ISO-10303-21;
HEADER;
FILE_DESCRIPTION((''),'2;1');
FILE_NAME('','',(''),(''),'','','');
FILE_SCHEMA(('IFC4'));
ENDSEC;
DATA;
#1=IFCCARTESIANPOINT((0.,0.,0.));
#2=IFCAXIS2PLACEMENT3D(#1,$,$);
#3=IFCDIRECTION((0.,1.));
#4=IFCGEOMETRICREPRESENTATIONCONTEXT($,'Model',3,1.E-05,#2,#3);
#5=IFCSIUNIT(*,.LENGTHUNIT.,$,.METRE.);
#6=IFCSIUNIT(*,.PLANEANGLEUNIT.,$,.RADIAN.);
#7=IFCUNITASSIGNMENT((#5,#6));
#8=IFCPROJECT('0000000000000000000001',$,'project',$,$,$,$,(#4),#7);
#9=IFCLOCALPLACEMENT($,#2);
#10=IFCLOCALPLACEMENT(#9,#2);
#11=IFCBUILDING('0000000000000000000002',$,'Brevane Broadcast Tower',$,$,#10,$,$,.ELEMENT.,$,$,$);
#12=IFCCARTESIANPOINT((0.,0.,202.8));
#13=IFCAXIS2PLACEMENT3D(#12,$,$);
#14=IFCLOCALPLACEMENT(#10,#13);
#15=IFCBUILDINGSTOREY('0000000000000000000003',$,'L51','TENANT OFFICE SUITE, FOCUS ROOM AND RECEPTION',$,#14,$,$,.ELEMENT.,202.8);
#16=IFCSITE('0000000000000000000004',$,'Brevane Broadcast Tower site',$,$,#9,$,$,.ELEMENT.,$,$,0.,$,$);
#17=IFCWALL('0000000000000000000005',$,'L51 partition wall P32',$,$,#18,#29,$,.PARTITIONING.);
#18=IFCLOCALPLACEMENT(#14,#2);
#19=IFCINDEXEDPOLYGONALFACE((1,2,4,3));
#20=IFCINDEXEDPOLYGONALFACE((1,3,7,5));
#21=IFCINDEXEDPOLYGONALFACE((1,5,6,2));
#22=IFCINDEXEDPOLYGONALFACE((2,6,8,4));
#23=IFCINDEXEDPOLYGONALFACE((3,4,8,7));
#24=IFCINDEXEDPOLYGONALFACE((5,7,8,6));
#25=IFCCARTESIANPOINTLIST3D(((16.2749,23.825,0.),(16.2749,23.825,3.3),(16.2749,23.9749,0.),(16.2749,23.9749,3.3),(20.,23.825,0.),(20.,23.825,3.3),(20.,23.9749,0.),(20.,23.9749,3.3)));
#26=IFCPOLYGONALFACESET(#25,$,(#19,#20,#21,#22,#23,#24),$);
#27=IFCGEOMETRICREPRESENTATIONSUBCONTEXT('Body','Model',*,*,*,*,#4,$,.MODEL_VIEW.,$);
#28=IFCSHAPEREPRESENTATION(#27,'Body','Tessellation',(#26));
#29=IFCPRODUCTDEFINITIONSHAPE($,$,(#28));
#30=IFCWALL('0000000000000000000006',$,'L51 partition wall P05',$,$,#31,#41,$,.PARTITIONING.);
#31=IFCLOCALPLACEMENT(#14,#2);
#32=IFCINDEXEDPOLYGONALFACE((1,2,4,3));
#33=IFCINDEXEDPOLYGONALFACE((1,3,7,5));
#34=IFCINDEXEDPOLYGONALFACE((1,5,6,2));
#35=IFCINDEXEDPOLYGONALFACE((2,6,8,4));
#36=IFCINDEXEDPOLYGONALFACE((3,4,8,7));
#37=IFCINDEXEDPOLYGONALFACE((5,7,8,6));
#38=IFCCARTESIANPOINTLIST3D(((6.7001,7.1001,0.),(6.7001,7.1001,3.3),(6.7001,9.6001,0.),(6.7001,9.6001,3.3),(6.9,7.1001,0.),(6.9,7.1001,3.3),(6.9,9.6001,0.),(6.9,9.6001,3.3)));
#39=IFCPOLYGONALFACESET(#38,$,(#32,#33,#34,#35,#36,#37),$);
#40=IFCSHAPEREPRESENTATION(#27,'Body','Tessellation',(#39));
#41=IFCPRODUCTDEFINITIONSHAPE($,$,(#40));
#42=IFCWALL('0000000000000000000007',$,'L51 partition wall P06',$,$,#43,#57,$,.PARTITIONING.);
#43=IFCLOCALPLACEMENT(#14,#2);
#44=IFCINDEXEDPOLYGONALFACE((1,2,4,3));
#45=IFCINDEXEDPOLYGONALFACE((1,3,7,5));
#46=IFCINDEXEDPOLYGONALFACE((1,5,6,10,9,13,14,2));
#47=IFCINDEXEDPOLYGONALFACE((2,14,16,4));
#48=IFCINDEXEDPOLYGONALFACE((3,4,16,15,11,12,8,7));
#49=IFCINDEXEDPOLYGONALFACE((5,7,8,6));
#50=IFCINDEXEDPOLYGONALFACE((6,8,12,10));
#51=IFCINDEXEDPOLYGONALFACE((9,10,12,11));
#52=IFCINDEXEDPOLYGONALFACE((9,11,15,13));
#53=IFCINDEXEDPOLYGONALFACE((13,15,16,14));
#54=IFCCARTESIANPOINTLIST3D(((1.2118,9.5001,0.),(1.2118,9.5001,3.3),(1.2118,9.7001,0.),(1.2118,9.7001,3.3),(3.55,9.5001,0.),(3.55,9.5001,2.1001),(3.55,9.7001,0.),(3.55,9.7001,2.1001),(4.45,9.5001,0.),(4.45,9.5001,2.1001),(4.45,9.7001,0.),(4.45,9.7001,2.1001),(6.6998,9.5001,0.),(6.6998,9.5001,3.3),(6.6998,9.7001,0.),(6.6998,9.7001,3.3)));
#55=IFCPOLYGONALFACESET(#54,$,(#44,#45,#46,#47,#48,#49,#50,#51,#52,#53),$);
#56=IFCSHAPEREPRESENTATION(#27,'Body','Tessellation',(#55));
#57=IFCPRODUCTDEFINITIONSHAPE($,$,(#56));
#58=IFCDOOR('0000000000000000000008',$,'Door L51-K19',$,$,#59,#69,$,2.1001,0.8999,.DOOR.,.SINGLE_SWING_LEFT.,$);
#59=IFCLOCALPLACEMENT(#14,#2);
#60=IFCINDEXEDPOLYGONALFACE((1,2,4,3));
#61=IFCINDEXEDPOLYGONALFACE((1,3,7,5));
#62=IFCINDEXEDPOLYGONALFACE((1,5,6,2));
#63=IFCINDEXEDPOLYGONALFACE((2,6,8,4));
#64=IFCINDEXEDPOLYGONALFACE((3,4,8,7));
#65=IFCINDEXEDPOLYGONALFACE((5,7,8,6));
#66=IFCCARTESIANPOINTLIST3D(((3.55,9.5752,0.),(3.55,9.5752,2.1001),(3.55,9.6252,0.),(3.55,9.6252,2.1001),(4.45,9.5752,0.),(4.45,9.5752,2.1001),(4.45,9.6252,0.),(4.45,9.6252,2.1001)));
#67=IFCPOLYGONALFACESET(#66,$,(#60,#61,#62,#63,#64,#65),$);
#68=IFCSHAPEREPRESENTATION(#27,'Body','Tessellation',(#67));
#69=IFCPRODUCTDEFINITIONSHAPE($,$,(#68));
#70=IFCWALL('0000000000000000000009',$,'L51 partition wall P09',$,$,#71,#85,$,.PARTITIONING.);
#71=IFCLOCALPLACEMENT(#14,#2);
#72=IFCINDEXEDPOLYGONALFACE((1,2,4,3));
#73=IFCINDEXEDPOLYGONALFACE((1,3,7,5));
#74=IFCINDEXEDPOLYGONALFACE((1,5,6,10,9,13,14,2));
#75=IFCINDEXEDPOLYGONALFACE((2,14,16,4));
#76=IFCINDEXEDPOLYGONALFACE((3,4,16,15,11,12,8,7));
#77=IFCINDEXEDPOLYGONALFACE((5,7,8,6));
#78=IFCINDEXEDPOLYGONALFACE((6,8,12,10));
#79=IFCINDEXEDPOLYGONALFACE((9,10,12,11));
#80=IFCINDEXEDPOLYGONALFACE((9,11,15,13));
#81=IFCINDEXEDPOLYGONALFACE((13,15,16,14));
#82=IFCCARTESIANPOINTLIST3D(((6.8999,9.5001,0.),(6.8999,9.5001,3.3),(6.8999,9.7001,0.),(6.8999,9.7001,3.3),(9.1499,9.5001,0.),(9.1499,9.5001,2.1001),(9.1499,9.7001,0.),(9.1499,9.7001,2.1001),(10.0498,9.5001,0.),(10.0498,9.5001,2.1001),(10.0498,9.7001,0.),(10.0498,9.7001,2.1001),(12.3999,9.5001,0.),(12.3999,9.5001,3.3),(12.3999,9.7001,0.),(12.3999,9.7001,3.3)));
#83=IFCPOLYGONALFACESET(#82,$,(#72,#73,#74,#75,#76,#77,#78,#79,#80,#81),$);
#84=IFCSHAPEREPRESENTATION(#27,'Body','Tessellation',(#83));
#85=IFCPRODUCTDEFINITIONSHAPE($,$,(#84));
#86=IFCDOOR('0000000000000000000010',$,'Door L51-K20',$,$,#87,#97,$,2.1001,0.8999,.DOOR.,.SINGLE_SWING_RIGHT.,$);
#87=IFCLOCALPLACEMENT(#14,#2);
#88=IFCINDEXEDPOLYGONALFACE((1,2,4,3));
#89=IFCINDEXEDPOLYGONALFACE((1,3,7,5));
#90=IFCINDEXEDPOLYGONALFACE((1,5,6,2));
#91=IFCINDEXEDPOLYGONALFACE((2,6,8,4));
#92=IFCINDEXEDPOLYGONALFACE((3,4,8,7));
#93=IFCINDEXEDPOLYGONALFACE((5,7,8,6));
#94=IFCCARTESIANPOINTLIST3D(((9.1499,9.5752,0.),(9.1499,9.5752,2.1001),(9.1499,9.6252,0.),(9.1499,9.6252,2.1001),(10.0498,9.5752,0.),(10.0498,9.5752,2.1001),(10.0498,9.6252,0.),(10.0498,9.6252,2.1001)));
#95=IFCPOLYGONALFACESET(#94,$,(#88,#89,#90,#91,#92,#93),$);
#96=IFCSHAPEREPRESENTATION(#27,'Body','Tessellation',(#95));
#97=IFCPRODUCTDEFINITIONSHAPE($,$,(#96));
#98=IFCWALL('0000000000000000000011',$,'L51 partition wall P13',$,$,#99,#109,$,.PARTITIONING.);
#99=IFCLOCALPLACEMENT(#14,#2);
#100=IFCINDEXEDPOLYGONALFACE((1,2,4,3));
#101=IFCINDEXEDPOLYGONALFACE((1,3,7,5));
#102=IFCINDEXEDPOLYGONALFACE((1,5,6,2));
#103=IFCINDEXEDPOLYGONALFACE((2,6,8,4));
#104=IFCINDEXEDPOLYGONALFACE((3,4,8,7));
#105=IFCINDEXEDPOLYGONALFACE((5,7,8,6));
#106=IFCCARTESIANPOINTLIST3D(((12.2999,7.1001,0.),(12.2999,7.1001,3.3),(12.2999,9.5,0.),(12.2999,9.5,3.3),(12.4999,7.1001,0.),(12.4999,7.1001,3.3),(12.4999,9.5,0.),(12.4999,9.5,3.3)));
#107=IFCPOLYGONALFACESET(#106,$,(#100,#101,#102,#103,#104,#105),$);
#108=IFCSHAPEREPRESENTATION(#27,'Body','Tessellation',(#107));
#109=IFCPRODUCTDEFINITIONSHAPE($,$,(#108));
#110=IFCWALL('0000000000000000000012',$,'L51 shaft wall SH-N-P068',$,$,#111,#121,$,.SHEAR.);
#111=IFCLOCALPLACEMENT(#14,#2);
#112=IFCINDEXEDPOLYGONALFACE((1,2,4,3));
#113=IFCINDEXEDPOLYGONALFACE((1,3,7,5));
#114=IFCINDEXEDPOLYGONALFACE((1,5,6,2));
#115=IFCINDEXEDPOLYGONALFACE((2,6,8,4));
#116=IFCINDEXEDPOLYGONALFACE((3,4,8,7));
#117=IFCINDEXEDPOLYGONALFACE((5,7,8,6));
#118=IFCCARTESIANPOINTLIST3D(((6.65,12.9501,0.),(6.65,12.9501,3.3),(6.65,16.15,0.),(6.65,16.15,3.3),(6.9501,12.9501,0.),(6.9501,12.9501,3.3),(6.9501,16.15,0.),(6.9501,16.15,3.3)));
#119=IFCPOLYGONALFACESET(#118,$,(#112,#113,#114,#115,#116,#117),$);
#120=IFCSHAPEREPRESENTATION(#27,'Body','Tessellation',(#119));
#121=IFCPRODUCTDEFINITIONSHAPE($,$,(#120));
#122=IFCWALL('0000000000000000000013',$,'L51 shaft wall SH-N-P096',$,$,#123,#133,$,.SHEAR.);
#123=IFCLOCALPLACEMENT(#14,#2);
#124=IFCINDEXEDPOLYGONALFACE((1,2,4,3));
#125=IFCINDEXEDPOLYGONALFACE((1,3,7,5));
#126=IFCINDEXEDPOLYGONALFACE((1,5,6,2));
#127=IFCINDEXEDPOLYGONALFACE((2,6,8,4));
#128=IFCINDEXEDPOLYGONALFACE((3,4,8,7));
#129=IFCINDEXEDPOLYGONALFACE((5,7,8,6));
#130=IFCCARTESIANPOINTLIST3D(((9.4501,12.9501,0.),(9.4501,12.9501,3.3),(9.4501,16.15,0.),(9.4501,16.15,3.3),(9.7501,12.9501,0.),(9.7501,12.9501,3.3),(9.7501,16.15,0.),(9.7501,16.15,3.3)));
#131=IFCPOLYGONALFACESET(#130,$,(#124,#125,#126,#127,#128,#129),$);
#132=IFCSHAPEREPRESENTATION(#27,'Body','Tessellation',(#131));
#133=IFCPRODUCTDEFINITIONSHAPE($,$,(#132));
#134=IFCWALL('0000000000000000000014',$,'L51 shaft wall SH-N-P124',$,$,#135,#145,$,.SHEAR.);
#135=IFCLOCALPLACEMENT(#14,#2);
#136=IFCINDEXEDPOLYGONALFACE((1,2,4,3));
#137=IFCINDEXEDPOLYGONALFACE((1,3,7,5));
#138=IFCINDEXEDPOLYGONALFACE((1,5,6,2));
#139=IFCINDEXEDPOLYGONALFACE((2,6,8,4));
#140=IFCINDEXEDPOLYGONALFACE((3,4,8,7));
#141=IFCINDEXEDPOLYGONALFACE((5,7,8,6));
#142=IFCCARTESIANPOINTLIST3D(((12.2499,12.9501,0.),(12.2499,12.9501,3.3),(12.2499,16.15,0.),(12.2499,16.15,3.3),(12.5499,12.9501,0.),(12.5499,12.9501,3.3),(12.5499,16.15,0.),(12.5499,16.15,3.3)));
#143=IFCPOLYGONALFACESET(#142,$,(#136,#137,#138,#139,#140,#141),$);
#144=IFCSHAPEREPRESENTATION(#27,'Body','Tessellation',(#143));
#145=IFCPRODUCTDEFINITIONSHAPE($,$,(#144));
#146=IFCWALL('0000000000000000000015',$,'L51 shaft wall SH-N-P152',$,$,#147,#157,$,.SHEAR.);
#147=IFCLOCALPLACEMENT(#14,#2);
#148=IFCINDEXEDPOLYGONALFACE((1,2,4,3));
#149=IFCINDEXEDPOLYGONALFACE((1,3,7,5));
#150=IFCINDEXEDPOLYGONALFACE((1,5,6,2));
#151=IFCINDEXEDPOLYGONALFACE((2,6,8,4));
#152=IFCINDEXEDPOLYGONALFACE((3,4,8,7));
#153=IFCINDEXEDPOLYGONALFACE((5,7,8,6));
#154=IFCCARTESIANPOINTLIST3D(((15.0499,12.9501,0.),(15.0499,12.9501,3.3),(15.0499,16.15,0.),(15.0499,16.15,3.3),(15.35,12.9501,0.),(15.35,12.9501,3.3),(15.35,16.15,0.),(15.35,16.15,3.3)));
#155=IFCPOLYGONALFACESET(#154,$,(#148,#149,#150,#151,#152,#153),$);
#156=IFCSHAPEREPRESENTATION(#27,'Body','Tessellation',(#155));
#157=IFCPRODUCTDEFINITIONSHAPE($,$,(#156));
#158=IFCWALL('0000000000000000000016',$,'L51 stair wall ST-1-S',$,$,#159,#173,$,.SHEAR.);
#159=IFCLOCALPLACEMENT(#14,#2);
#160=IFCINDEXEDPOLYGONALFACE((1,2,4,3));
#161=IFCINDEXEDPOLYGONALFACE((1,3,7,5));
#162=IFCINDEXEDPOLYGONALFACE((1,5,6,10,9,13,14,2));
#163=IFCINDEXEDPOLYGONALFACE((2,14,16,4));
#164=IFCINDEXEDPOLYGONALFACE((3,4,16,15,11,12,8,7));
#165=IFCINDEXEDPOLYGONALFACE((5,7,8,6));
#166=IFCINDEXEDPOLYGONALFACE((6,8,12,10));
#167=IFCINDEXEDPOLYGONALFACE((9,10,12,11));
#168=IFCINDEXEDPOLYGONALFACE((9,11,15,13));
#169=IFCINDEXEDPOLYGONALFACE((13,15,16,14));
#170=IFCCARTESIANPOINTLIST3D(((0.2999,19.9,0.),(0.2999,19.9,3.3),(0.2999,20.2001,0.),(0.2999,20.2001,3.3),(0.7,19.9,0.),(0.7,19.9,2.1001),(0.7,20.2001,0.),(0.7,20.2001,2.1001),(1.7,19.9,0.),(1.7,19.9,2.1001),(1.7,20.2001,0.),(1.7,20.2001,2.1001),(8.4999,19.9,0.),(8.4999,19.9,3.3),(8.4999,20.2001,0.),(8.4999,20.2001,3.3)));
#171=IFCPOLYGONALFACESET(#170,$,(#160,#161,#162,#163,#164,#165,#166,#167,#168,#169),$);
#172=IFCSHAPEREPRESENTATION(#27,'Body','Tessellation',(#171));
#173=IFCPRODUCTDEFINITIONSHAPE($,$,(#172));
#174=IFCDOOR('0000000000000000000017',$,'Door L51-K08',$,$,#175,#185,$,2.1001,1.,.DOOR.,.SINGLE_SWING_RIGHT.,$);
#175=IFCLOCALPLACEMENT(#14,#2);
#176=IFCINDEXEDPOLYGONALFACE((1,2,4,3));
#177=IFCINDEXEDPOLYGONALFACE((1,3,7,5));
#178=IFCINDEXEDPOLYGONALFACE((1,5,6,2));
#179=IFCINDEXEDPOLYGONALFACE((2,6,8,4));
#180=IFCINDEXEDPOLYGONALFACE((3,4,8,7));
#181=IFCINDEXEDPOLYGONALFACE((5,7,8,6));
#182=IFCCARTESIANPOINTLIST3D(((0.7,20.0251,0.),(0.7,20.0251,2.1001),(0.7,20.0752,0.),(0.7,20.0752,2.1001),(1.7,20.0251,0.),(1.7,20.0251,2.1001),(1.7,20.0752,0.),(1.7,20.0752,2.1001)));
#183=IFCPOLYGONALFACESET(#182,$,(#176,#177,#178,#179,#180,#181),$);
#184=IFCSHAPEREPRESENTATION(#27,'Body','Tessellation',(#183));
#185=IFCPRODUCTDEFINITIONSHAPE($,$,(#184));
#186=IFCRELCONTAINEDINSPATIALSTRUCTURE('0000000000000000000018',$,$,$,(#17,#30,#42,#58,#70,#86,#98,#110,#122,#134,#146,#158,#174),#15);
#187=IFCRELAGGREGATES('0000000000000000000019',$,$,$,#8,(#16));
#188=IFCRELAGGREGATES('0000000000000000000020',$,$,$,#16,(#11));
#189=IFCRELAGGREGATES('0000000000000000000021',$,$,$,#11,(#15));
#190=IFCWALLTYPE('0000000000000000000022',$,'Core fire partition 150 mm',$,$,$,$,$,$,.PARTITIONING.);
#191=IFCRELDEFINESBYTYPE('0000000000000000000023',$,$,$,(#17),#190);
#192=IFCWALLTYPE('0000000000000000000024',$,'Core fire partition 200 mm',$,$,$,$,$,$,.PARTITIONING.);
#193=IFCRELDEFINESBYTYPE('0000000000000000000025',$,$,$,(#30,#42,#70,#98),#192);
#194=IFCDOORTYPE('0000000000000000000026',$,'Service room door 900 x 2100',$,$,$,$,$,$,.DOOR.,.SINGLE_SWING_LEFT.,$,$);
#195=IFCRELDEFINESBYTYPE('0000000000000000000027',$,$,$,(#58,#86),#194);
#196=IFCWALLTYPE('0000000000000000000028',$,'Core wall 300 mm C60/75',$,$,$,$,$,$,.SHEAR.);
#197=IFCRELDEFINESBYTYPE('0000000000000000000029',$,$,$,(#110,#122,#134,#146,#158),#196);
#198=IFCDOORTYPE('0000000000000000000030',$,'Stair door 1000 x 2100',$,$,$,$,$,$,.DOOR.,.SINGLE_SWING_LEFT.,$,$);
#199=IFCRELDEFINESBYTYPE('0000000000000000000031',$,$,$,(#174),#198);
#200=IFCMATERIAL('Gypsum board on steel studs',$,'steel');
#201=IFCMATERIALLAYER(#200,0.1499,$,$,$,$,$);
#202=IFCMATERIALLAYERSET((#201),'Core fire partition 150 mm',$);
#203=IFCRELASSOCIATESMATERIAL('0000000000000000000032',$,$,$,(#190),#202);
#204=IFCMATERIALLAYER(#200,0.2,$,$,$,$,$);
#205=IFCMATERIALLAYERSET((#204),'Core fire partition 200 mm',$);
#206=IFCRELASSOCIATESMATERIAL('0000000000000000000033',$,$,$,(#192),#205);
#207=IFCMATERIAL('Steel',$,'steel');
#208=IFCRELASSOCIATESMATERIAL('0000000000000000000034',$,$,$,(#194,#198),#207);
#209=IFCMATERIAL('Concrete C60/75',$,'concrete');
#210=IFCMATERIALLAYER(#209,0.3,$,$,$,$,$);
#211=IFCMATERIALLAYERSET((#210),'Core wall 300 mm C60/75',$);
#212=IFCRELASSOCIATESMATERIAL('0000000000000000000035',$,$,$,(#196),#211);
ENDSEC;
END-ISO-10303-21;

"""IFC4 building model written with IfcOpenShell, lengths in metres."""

from ifc_helpers import new_model, si_unit, direction, frame, frame_2d, origin, place, context, subcontext, project, spatial, rectangle, extrude, material, layer, layer_set, type_object, element, fill, save


model = new_model("IFC4")

# Units and contexts
model_context = context("Model", 3, precision=1e-05, world=origin(), true_north=direction((0.0, 1.0)))
body_context = subcontext(model_context, "Body", "Model", "MODEL_VIEW")
ifc_project = project(units=[si_unit("LENGTHUNIT", "METRE"), si_unit("PLANEANGLEUNIT", "RADIAN")], contexts=[model_context])

# Site, building, storey
site_placement = place(None, origin())
site = spatial("IfcSite", under=ifc_project, at=site_placement, Name="Brevane Broadcast Tower site", CompositionType="ELEMENT", RefElevation=0.0)
building_placement = place(site_placement, origin())
building = spatial("IfcBuilding", under=site, at=building_placement, Name="Brevane Broadcast Tower", CompositionType="ELEMENT")
storey_placement = place(building_placement, frame((0.0, 0.0, 202.8)))
storey = spatial("IfcBuildingStorey", under=building, at=storey_placement, Name="L51", Description="TENANT OFFICE SUITE, FOCUS ROOM AND RECEPTION", CompositionType="ELEMENT", Elevation=202.8)

# Shared definitions
ifc_material_1 = material(Name="Gypsum board on steel studs", Category="steel")
ifc_layer_1 = layer(ifc_material_1, 0.1499)
ifc_layer_set_1 = layer_set([ifc_layer_1], Name="Core fire partition 150 mm")
wall_type_1 = type_object("IfcWallType", Name="Core fire partition 150 mm", PredefinedType="PARTITIONING", material=ifc_layer_set_1)
ifc_material_2 = material(Name="Steel", Category="steel")

# Walls
wall_1_placement = place(storey_placement, frame((16.2749, 23.8999, 0.0), z_axis=(0.0, 0.0, 1.0), x_axis=(1.0, 0.0, 0.0)))
element("IfcWall", 1, at=wall_1_placement, inside=storey, type_object=wall_type_1, Name="L51 partition wall P32", PredefinedType="PARTITIONING", context=body_context, shape_type="SweptSolid", body=[
    extrude(rectangle(XDim=3.7251, YDim=0.1499, at=frame_2d((1.8625, 0.0))), origin(), (0.0, 0.0, 1.0), 3.3),
])
ifc_layer_2 = layer(ifc_material_1, 0.2)
ifc_layer_set_2 = layer_set([ifc_layer_2], Name="Core fire partition 200 mm")
wall_type_2 = type_object("IfcWallType", Name="Core fire partition 200 mm", PredefinedType="PARTITIONING", material=ifc_layer_set_2)
wall_2_placement = place(storey_placement, frame((6.8, 9.6001, 0.0), z_axis=(0.0, 0.0, 1.0), x_axis=(0.0, -1.0, 0.0)))
element("IfcWall", 2, at=wall_2_placement, inside=storey, type_object=wall_type_2, Name="L51 partition wall P05", PredefinedType="PARTITIONING", context=body_context, shape_type="SweptSolid", body=[
    extrude(rectangle(XDim=2.5, YDim=0.2, at=frame_2d((1.25, 0.0))), origin(), (0.0, 0.0, 1.0), 3.3),
])

# Walls, openings, doors
wall_3_placement = place(storey_placement, frame((6.7, 9.6001, 0.0), z_axis=(0.0, 0.0, 1.0), x_axis=(-1.0, 0.0, 0.0)))
wall_3 = element("IfcWall", 3, at=wall_3_placement, inside=storey, type_object=wall_type_2, Name="L51 partition wall P06", PredefinedType="PARTITIONING", context=body_context, shape_type="SweptSolid", body=[
    extrude(rectangle(XDim=5.488, YDim=0.2, at=frame_2d((2.7441, 0.0))), origin(), (0.0, 0.0, 1.0), 3.3),
])
opening_1_placement = place(wall_3_placement, frame((2.25, 0.0, 0.0)))
opening_1 = element("IfcOpeningElement", 4, at=opening_1_placement, cuts=wall_3, PredefinedType="OPENING", context=body_context, shape_type="SweptSolid", body=[
    extrude(rectangle(XDim=0.8999, YDim=2.1001, at=frame_2d((0.45, 1.05))), frame((0.0, 0.1099, 0.0), z_axis=(0.0, -1.0, 0.0), x_axis=(1.0, 0.0, 0.0)), (0.0, 0.0, 1.0), 0.22),
])
door_type_1 = type_object("IfcDoorType", Name="Service room door 900 x 2100", OperationType="SINGLE_SWING_LEFT", PredefinedType="DOOR", material=ifc_material_2)
door_1_placement = place(opening_1_placement, origin())
door_1 = element("IfcDoor", 5, at=door_1_placement, inside=storey, type_object=door_type_1, Name="Door L51-K19", OperationType="SINGLE_SWING_LEFT", OverallHeight=2.1001, OverallWidth=0.8999, PredefinedType="DOOR", context=body_context, shape_type="SweptSolid", body=[
    extrude(rectangle(XDim=0.8999, YDim=2.1001, at=frame_2d((0.45, 1.05))), frame((0.0, 0.0249, 0.0), z_axis=(0.0, -1.0, 0.0), x_axis=(1.0, 0.0, 0.0)), (0.0, 0.0, 1.0), 0.05),
])
fill(opening_1, door_1)
wall_4_placement = place(storey_placement, frame((12.3999, 9.6001, 0.0), z_axis=(0.0, 0.0, 1.0), x_axis=(-1.0, 0.0, 0.0)))
wall_4 = element("IfcWall", 6, at=wall_4_placement, inside=storey, type_object=wall_type_2, Name="L51 partition wall P09", PredefinedType="PARTITIONING", context=body_context, shape_type="SweptSolid", body=[
    extrude(rectangle(XDim=5.5, YDim=0.2, at=frame_2d((2.75, 0.0))), origin(), (0.0, 0.0, 1.0), 3.3),
])
opening_2_placement = place(wall_4_placement, frame((2.3501, 0.0, 0.0)))
opening_2 = element("IfcOpeningElement", 7, at=opening_2_placement, cuts=wall_4, PredefinedType="OPENING", context=body_context, shape_type="SweptSolid", body=[
    extrude(rectangle(XDim=0.8999, YDim=2.1001, at=frame_2d((0.45, 1.05))), frame((0.0, 0.1099, 0.0), z_axis=(0.0, -1.0, 0.0), x_axis=(1.0, 0.0, 0.0)), (0.0, 0.0, 1.0), 0.22),
])
door_2_placement = place(opening_2_placement, origin())
door_2 = element("IfcDoor", 8, at=door_2_placement, inside=storey, type_object=door_type_1, Name="Door L51-K20", OperationType="SINGLE_SWING_RIGHT", OverallHeight=2.1001, OverallWidth=0.8999, PredefinedType="DOOR", context=body_context, shape_type="SweptSolid", body=[
    extrude(rectangle(XDim=0.8999, YDim=2.1001, at=frame_2d((0.45, 1.05))), frame((0.0, 0.0249, 0.0), z_axis=(0.0, -1.0, 0.0), x_axis=(1.0, 0.0, 0.0)), (0.0, 0.0, 1.0), 0.05),
])
fill(opening_2, door_2)

# Walls
wall_5_placement = place(storey_placement, frame((12.3999, 9.5, 0.0), z_axis=(0.0, 0.0, 1.0), x_axis=(0.0, -1.0, 0.0)))
element("IfcWall", 9, at=wall_5_placement, inside=storey, type_object=wall_type_2, Name="L51 partition wall P13", PredefinedType="PARTITIONING", context=body_context, shape_type="SweptSolid", body=[
    extrude(rectangle(XDim=2.3999, YDim=0.2, at=frame_2d((1.2, 0.0))), origin(), (0.0, 0.0, 1.0), 3.3),
])
ifc_material_3 = material(Name="Concrete C60/75", Category="concrete")
ifc_layer_3 = layer(ifc_material_3, 0.3)
ifc_layer_set_3 = layer_set([ifc_layer_3], Name="Core wall 300 mm C60/75")
wall_type_3 = type_object("IfcWallType", Name="Core wall 300 mm C60/75", PredefinedType="SHEAR", material=ifc_layer_set_3)
for number, where, z_axis, x_axis, name in (
    (10, (6.8, 12.95, 0.0), (0.0, 0.0, 1.0), (0.0, 1.0, 0.0), "L51 shaft wall SH-N-P068"),
    (11, (9.6001, 12.95, 0.0), (0.0, 0.0, 1.0), (0.0, 1.0, 0.0), "L51 shaft wall SH-N-P096"),
    (12, (12.3999, 12.95, 0.0), (0.0, 0.0, 1.0), (0.0, 1.0, 0.0), "L51 shaft wall SH-N-P124"),
    (13, (15.2, 12.95, 0.0), (0.0, 0.0, 1.0), (0.0, 1.0, 0.0), "L51 shaft wall SH-N-P152"),
):
    element("IfcWall", number, at=place(storey_placement, frame(where, z_axis=z_axis, x_axis=x_axis)), inside=storey, type_object=wall_type_3, Name=name, PredefinedType="SHEAR", context=body_context, shape_type="SweptSolid", body=[
        extrude(rectangle(XDim=3.2, YDim=0.3, at=frame_2d((1.6001, 0.0))), origin(), (0.0, 0.0, 1.0), 3.3),
    ])

# Wall, opening, door
wall_6_placement = place(storey_placement, frame((8.5, 20.05, 0.0), z_axis=(0.0, 0.0, 1.0), x_axis=(-1.0, 0.0, 0.0)))
wall_6 = element("IfcWall", 14, at=wall_6_placement, inside=storey, type_object=wall_type_3, Name="L51 stair wall ST-1-S", PredefinedType="SHEAR", context=body_context, shape_type="SweptSolid", body=[
    extrude(rectangle(XDim=8.2, YDim=0.3, at=frame_2d((4.1001, 0.0))), origin(), (0.0, 0.0, 1.0), 3.3),
])
opening_3_placement = place(wall_6_placement, frame((6.8, 0.0, 0.0)))
opening_3 = element("IfcOpeningElement", 15, at=opening_3_placement, cuts=wall_6, PredefinedType="OPENING", context=body_context, shape_type="SweptSolid", body=[
    extrude(rectangle(XDim=1.0, YDim=2.1001, at=frame_2d((0.5, 1.05))), frame((0.0, 0.1599, 0.0), z_axis=(0.0, -1.0, 0.0), x_axis=(1.0, 0.0, 0.0)), (0.0, 0.0, 1.0), 0.3201),
])
door_type_2 = type_object("IfcDoorType", Name="Stair door 1000 x 2100", OperationType="SINGLE_SWING_LEFT", PredefinedType="DOOR", material=ifc_material_2)
door_3_placement = place(opening_3_placement, origin())
door_3 = element("IfcDoor", 16, at=door_3_placement, inside=storey, type_object=door_type_2, Name="Door L51-K08", OperationType="SINGLE_SWING_RIGHT", OverallHeight=2.1001, OverallWidth=1.0, PredefinedType="DOOR", context=body_context, shape_type="SweptSolid", body=[
    extrude(rectangle(XDim=1.0, YDim=2.1001, at=frame_2d((0.5, 1.05))), frame((0.0, 0.0249, 0.0), z_axis=(0.0, -1.0, 0.0), x_axis=(1.0, 0.0, 0.0)), (0.0, 0.0, 1.0), 0.05),
])
fill(opening_3, door_3)

save(model, "model.ifc")
